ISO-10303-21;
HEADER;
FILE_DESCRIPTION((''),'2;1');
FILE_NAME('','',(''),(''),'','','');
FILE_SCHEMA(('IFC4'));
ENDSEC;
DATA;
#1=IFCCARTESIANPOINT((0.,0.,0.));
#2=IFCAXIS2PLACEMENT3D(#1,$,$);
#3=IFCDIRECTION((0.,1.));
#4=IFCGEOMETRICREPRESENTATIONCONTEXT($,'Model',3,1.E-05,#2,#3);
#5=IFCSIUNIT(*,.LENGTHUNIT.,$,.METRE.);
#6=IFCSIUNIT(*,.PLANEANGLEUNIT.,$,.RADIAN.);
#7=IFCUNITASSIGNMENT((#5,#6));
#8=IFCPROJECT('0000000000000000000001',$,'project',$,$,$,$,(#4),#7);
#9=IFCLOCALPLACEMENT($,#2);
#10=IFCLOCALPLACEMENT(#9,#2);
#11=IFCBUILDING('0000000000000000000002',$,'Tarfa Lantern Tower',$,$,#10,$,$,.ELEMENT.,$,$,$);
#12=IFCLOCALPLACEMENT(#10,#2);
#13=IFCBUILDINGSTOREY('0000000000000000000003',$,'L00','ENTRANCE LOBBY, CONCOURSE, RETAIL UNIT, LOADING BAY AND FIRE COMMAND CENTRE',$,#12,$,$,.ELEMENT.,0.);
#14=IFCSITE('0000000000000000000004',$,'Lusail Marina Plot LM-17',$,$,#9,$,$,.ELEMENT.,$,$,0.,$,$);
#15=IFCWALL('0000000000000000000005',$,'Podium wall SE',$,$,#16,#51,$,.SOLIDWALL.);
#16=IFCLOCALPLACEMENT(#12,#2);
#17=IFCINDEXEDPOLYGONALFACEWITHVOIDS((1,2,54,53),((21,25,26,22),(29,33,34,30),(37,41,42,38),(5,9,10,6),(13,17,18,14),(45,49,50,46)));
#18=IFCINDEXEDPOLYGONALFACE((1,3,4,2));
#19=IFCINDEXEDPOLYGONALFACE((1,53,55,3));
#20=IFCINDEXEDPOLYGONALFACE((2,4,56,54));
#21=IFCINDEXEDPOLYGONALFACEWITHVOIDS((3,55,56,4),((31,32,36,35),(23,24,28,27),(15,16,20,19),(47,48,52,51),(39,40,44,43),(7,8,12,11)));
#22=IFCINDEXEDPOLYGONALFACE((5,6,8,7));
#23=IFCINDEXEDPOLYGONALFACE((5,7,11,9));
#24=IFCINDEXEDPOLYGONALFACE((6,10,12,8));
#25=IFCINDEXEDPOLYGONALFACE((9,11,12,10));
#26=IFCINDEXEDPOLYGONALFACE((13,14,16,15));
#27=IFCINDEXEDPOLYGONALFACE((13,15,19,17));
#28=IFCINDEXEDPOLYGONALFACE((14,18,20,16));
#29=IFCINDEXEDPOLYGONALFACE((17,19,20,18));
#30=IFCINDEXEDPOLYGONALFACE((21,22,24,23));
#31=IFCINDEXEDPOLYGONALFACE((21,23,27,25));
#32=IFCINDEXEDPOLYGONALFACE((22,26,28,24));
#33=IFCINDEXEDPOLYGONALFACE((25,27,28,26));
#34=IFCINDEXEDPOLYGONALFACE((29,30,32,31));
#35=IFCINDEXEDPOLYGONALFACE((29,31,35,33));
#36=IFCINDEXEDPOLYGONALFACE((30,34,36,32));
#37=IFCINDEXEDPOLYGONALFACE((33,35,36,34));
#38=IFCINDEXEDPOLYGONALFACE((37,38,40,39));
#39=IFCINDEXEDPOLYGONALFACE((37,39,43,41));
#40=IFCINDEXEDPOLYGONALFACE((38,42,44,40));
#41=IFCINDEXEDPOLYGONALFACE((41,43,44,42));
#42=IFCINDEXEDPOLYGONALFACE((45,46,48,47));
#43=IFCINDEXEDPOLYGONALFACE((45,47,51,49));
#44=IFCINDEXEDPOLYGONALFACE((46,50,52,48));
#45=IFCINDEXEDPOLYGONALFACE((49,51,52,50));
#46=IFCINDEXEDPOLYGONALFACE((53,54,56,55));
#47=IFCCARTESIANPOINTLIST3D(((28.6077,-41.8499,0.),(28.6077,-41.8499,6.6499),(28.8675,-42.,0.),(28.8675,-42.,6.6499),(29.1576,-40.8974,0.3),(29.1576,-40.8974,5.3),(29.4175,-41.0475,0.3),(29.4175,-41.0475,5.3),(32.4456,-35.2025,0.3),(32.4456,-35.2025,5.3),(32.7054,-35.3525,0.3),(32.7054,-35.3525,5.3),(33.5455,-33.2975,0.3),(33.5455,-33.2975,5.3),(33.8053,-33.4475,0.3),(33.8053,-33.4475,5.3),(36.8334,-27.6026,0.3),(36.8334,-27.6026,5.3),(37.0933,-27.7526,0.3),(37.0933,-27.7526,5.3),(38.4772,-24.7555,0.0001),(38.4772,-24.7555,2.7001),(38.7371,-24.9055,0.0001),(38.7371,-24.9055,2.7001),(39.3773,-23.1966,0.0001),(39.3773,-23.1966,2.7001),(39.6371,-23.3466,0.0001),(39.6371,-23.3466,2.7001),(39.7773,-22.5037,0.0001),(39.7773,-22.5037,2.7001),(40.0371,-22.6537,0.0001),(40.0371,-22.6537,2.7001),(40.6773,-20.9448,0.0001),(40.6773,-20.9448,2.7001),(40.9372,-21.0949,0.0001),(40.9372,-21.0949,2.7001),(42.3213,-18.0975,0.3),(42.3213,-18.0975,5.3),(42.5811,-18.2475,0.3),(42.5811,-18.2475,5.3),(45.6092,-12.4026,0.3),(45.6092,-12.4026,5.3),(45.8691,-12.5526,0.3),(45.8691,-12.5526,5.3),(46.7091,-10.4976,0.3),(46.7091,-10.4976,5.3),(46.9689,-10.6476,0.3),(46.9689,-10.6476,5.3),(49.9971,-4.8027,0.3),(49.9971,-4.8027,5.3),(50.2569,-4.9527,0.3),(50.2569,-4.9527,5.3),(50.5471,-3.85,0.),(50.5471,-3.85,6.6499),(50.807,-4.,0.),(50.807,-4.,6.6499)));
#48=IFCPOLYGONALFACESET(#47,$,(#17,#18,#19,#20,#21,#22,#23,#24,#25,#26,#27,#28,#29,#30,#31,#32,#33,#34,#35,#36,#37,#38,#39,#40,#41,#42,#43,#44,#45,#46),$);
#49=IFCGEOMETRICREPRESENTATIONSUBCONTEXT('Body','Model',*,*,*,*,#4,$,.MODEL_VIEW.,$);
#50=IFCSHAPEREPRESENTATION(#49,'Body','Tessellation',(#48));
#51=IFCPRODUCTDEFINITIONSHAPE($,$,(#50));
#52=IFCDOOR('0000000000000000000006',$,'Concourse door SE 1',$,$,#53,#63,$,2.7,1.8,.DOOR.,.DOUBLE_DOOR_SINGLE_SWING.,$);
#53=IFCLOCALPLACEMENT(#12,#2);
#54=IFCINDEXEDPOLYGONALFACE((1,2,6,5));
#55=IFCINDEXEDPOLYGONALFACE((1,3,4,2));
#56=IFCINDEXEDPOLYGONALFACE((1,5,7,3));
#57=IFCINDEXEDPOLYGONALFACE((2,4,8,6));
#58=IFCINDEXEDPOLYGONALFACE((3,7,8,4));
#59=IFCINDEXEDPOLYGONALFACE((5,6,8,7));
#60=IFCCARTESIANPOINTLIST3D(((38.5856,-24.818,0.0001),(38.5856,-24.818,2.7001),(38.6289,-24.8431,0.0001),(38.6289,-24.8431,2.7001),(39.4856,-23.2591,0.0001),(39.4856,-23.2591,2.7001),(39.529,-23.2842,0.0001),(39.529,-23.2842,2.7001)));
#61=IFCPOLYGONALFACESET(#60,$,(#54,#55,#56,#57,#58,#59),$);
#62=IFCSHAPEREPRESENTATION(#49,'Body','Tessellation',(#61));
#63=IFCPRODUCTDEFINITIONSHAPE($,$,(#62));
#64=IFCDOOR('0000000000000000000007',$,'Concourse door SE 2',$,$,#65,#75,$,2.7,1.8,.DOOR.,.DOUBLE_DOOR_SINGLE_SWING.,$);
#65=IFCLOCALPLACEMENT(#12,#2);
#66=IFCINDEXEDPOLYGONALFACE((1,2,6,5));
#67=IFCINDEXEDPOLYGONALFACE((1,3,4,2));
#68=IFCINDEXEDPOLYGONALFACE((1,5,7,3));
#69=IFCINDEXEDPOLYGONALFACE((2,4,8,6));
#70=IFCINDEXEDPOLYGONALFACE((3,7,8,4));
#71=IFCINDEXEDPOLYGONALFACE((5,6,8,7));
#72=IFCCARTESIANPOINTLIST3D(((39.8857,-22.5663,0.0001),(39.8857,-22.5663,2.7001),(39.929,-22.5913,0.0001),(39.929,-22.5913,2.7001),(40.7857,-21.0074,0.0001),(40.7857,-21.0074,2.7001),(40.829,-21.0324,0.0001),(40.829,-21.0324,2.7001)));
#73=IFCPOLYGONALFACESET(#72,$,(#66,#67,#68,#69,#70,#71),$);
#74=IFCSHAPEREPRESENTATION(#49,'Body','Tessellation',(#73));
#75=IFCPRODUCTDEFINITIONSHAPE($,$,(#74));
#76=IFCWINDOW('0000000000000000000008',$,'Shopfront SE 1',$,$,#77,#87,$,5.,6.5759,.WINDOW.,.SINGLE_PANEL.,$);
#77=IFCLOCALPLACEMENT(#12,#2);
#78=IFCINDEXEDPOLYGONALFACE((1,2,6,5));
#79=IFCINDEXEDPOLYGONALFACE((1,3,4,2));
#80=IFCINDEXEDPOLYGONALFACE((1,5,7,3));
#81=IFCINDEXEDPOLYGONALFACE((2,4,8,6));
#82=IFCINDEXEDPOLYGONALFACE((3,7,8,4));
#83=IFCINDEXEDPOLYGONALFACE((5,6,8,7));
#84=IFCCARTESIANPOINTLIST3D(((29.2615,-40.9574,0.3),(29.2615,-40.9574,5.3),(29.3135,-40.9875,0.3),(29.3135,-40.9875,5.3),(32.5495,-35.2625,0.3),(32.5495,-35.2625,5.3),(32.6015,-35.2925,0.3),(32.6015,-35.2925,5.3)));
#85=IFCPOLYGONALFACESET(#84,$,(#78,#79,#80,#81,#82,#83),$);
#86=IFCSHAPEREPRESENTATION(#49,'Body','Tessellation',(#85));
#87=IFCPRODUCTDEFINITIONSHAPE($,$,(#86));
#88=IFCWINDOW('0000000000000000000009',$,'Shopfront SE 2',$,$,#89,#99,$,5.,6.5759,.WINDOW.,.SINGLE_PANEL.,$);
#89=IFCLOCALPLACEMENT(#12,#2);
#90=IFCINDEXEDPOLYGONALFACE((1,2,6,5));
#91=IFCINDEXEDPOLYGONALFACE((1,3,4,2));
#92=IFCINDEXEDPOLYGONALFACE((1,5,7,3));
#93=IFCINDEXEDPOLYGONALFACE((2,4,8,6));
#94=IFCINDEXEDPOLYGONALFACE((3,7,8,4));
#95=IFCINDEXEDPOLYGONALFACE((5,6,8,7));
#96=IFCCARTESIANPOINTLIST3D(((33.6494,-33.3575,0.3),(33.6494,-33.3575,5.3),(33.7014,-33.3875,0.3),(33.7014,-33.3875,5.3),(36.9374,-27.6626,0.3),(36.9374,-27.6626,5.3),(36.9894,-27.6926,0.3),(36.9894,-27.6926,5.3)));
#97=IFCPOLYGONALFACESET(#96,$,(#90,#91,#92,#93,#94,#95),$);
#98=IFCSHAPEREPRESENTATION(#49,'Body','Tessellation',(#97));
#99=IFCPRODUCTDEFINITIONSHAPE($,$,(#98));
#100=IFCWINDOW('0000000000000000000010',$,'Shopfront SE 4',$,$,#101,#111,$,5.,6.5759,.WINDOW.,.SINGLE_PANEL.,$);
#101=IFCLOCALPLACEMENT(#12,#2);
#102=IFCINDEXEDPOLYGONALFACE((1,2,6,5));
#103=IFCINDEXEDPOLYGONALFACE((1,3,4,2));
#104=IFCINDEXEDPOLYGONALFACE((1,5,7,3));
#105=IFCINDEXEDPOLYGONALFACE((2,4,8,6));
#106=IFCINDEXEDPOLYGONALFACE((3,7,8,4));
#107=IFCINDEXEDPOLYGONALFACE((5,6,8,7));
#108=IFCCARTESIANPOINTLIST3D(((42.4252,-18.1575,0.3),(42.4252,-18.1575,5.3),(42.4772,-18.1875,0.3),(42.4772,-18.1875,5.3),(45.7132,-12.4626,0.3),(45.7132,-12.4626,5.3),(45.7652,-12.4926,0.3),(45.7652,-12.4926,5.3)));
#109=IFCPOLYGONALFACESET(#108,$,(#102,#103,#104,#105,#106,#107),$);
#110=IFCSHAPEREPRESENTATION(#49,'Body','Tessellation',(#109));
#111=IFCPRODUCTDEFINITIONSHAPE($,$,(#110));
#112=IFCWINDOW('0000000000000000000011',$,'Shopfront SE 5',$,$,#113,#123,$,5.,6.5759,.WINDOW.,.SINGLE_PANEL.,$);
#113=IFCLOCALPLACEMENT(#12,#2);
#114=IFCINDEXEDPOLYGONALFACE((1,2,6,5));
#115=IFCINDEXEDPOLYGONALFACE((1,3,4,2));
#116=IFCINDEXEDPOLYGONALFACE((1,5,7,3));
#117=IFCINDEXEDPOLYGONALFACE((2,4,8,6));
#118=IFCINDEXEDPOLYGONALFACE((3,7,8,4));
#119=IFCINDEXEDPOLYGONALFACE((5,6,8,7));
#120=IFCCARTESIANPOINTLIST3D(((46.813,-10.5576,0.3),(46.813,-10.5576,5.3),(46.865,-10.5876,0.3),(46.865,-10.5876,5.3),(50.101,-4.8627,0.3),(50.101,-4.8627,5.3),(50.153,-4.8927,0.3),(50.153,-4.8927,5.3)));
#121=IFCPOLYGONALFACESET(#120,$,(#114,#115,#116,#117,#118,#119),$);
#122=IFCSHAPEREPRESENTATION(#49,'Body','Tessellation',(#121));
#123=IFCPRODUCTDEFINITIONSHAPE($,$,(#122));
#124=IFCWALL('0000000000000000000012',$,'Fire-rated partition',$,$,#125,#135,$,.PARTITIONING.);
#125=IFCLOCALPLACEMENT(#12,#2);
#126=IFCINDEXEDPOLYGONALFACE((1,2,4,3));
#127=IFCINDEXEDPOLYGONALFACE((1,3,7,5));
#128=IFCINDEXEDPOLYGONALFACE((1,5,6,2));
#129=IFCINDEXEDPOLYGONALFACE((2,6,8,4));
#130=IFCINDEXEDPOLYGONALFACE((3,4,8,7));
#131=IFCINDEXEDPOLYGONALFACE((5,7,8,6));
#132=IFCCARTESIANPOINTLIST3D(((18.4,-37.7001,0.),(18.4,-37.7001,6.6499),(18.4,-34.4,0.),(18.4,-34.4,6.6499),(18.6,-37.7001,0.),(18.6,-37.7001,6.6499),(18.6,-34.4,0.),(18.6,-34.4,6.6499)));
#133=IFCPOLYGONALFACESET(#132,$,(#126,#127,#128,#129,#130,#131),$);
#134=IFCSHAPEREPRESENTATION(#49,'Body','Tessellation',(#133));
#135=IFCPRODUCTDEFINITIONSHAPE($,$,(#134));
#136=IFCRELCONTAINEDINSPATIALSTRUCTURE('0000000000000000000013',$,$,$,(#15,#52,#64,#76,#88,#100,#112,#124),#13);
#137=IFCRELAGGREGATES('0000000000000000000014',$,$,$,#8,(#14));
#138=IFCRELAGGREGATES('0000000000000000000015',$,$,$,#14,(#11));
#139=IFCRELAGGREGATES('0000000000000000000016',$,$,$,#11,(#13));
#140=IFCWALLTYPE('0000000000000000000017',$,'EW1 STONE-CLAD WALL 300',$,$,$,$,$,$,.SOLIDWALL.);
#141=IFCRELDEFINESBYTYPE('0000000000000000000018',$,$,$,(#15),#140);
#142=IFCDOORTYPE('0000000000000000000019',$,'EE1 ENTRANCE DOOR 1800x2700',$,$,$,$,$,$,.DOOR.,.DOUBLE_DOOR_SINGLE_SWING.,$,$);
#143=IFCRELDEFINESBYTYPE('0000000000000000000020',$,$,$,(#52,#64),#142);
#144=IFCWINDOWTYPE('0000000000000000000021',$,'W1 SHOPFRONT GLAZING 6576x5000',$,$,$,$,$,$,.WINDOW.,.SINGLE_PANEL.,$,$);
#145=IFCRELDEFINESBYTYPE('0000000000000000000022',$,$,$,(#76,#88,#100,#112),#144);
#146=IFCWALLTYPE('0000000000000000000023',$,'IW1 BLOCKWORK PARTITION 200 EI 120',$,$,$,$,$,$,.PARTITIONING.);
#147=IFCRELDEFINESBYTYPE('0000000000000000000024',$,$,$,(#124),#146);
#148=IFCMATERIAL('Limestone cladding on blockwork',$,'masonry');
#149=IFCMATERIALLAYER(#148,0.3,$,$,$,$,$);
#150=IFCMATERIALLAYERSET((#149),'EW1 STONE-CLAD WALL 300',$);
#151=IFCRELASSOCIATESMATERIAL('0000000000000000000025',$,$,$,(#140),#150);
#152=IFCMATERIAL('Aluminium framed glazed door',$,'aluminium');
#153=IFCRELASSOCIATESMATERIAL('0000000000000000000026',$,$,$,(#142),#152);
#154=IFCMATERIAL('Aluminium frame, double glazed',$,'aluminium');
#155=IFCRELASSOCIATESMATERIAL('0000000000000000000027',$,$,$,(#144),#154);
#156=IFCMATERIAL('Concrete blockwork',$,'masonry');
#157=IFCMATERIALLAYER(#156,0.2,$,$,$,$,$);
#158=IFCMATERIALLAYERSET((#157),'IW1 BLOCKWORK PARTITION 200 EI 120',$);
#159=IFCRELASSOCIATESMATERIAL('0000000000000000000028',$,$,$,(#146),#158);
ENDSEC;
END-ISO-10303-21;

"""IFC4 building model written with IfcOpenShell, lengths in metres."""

from ifc_helpers import new_model, si_unit, direction, frame, frame_2d, origin, place, context, subcontext, project, spatial, rectangle, extrude, material, layer, layer_set, type_object, element, fill, save


model = new_model("IFC4")

# Units and contexts
model_context = context("Model", 3, precision=1e-05, world=origin(), true_north=direction((0.0, 1.0)))
body_context = subcontext(model_context, "Body", "Model", "MODEL_VIEW")
ifc_project = project(units=[si_unit("LENGTHUNIT", "METRE"), si_unit("PLANEANGLEUNIT", "RADIAN")], contexts=[model_context])

# Site, building, storey
site_placement = place(None, origin())
site = spatial("IfcSite", under=ifc_project, at=site_placement, Name="Lusail Marina Plot LM-17", CompositionType="ELEMENT", RefElevation=0.0)
building_placement = place(site_placement, origin())
building = spatial("IfcBuilding", under=site, at=building_placement, Name="Tarfa Lantern Tower", CompositionType="ELEMENT")
storey_placement = place(building_placement, origin())
storey = spatial("IfcBuildingStorey", under=building, at=storey_placement, Name="L00", Description="ENTRANCE LOBBY, CONCOURSE, RETAIL UNIT, LOADING BAY AND FIRE COMMAND CENTRE", CompositionType="ELEMENT", Elevation=0.0)

# Wall, openings, doors, windows
ifc_material_1 = material(Name="Limestone cladding on blockwork", Category="masonry")
ifc_layer_1 = layer(ifc_material_1, 0.3)
ifc_layer_set_1 = layer_set([ifc_layer_1], Name="EW1 STONE-CLAD WALL 300")
wall_type_1 = type_object("IfcWallType", Name="EW1 STONE-CLAD WALL 300", PredefinedType="SOLIDWALL", material=ifc_layer_set_1)
wall_1_placement = place(storey_placement, frame((28.7375, -41.925, 0.0), z_axis=(0.0, 0.0, 1.0), x_axis=(0.500002, 0.866024, 0.0)))
wall_1 = element("IfcWall", 1, at=wall_1_placement, inside=storey, type_object=wall_type_1, Name="Podium wall SE", PredefinedType="SOLIDWALL", context=body_context, shape_type="SweptSolid", body=[
    extrude(rectangle(XDim=43.8787, YDim=0.3, at=frame_2d((21.9395, 0.0))), origin(), (0.0, 0.0, 1.0), 6.6499),
])
opening_1_placement = place(wall_1_placement, frame((1.0999, 0.0, 0.3)))
opening_1 = element("IfcOpeningElement", 2, at=opening_1_placement, cuts=wall_1, PredefinedType="OPENING", context=body_context, shape_type="SweptSolid", body=[
    extrude(rectangle(XDim=6.5759, YDim=5.0, at=frame_2d((3.2881, 2.5))), frame((0.0, 0.1599, 0.0), z_axis=(0.0, -1.0, 0.0), x_axis=(1.0, 0.0, 0.0)), (0.0, 0.0, 1.0), 0.3201),
])
opening_2_placement = place(wall_1_placement, frame((9.8755, 0.0, 0.3)))
opening_2 = element("IfcOpeningElement", 3, at=opening_2_placement, cuts=wall_1, PredefinedType="OPENING", context=body_context, shape_type="SweptSolid", body=[
    extrude(rectangle(XDim=6.5759, YDim=5.0, at=frame_2d((3.2881, 2.5))), frame((0.0, 0.1599, 0.0), z_axis=(0.0, -1.0, 0.0), x_axis=(1.0, 0.0, 0.0)), (0.0, 0.0, 1.0), 0.3201),
])
opening_3_placement = place(wall_1_placement, frame((19.7393, 0.0, 0.0)))
opening_3 = element("IfcOpeningElement", 4, at=opening_3_placement, cuts=wall_1, PredefinedType="OPENING", context=body_context, shape_type="SweptSolid", body=[
    extrude(rectangle(XDim=1.8, YDim=2.7, at=frame_2d((0.8999, 1.3501))), frame((0.0, 0.1599, 0.0), z_axis=(0.0, -1.0, 0.0), x_axis=(1.0, 0.0, 0.0)), (0.0, 0.0, 1.0), 0.3201),
])
opening_4_placement = place(wall_1_placement, frame((22.3394, 0.0, 0.0)))
opening_4 = element("IfcOpeningElement", 5, at=opening_4_placement, cuts=wall_1, PredefinedType="OPENING", context=body_context, shape_type="SweptSolid", body=[
    extrude(rectangle(XDim=1.8, YDim=2.7, at=frame_2d((0.8999, 1.3501))), frame((0.0, 0.1599, 0.0), z_axis=(0.0, -1.0, 0.0), x_axis=(1.0, 0.0, 0.0)), (0.0, 0.0, 1.0), 0.3201),
])
opening_5_placement = place(wall_1_placement, frame((27.427, 0.0, 0.3)))
opening_5 = element("IfcOpeningElement", 6, at=opening_5_placement, cuts=wall_1, PredefinedType="OPENING", context=body_context, shape_type="SweptSolid", body=[
    extrude(rectangle(XDim=6.5759, YDim=5.0, at=frame_2d((3.2881, 2.5))), frame((0.0, 0.1599, 0.0), z_axis=(0.0, -1.0, 0.0), x_axis=(1.0, 0.0, 0.0)), (0.0, 0.0, 1.0), 0.3201),
])
opening_6_placement = place(wall_1_placement, frame((36.2026, 0.0, 0.3)))
opening_6 = element("IfcOpeningElement", 7, at=opening_6_placement, cuts=wall_1, PredefinedType="OPENING", context=body_context, shape_type="SweptSolid", body=[
    extrude(rectangle(XDim=6.5759, YDim=5.0, at=frame_2d((3.2881, 2.5))), frame((0.0, 0.1599, 0.0), z_axis=(0.0, -1.0, 0.0), x_axis=(1.0, 0.0, 0.0)), (0.0, 0.0, 1.0), 0.3201),
])
ifc_material_2 = material(Name="Aluminium framed glazed door", Category="aluminium")
door_type_1 = type_object("IfcDoorType", Name="EE1 ENTRANCE DOOR 1800x2700", OperationType="DOUBLE_DOOR_SINGLE_SWING", PredefinedType="DOOR", material=ifc_material_2)
door_1_placement = place(opening_3_placement, origin())
door_1 = element("IfcDoor", 8, at=door_1_placement, inside=storey, type_object=door_type_1, Name="Concourse door SE 1", OperationType="DOUBLE_DOOR_SINGLE_SWING", OverallHeight=2.7, OverallWidth=1.8, PredefinedType="DOOR", context=body_context, shape_type="SweptSolid", body=[
    extrude(rectangle(XDim=1.8, YDim=2.7, at=frame_2d((0.8999, 1.3501))), frame((0.0, 0.0249, 0.0), z_axis=(0.0, -1.0, 0.0), x_axis=(1.0, 0.0, 0.0)), (0.0, 0.0, 1.0), 0.05),
])
fill(opening_3, door_1)
door_2_placement = place(opening_4_placement, origin())
door_2 = element("IfcDoor", 9, at=door_2_placement, inside=storey, type_object=door_type_1, Name="Concourse door SE 2", OperationType="DOUBLE_DOOR_SINGLE_SWING", OverallHeight=2.7, OverallWidth=1.8, PredefinedType="DOOR", context=body_context, shape_type="SweptSolid", body=[
    extrude(rectangle(XDim=1.8, YDim=2.7, at=frame_2d((0.8999, 1.3501))), frame((0.0, 0.0249, 0.0), z_axis=(0.0, -1.0, 0.0), x_axis=(1.0, 0.0, 0.0)), (0.0, 0.0, 1.0), 0.05),
])
fill(opening_4, door_2)
ifc_material_3 = material(Name="Aluminium frame, double glazed", Category="aluminium")
window_type = type_object("IfcWindowType", Name="W1 SHOPFRONT GLAZING 6576x5000", PartitioningType="SINGLE_PANEL", PredefinedType="WINDOW", material=ifc_material_3)
window_1_placement = place(opening_1_placement, origin())
window_1 = element("IfcWindow", 10, at=window_1_placement, inside=storey, type_object=window_type, Name="Shopfront SE 1", OverallHeight=5.0, OverallWidth=6.5759, PartitioningType="SINGLE_PANEL", PredefinedType="WINDOW", context=body_context, shape_type="SweptSolid", body=[
    extrude(rectangle(XDim=6.5759, YDim=5.0, at=frame_2d((3.2881, 2.5))), frame((0.0, 0.03, 0.0), z_axis=(0.0, -1.0, 0.0), x_axis=(1.0, 0.0, 0.0)), (0.0, 0.0, 1.0), 0.0601),
])
fill(opening_1, window_1)
window_2_placement = place(opening_2_placement, origin())
window_2 = element("IfcWindow", 11, at=window_2_placement, inside=storey, type_object=window_type, Name="Shopfront SE 2", OverallHeight=5.0, OverallWidth=6.5759, PartitioningType="SINGLE_PANEL", PredefinedType="WINDOW", context=body_context, shape_type="SweptSolid", body=[
    extrude(rectangle(XDim=6.5759, YDim=5.0, at=frame_2d((3.2881, 2.5))), frame((0.0, 0.03, 0.0), z_axis=(0.0, -1.0, 0.0), x_axis=(1.0, 0.0, 0.0)), (0.0, 0.0, 1.0), 0.0601),
])
fill(opening_2, window_2)
window_3_placement = place(opening_5_placement, origin())
window_3 = element("IfcWindow", 12, at=window_3_placement, inside=storey, type_object=window_type, Name="Shopfront SE 4", OverallHeight=5.0, OverallWidth=6.5759, PartitioningType="SINGLE_PANEL", PredefinedType="WINDOW", context=body_context, shape_type="SweptSolid", body=[
    extrude(rectangle(XDim=6.5759, YDim=5.0, at=frame_2d((3.2881, 2.5))), frame((0.0, 0.03, 0.0), z_axis=(0.0, -1.0, 0.0), x_axis=(1.0, 0.0, 0.0)), (0.0, 0.0, 1.0), 0.0601),
])
fill(opening_5, window_3)
window_4_placement = place(opening_6_placement, origin())
window_4 = element("IfcWindow", 13, at=window_4_placement, inside=storey, type_object=window_type, Name="Shopfront SE 5", OverallHeight=5.0, OverallWidth=6.5759, PartitioningType="SINGLE_PANEL", PredefinedType="WINDOW", context=body_context, shape_type="SweptSolid", body=[
    extrude(rectangle(XDim=6.5759, YDim=5.0, at=frame_2d((3.2881, 2.5))), frame((0.0, 0.03, 0.0), z_axis=(0.0, -1.0, 0.0), x_axis=(1.0, 0.0, 0.0)), (0.0, 0.0, 1.0), 0.0601),
])
fill(opening_6, window_4)

# Wall
ifc_material_4 = material(Name="Concrete blockwork", Category="masonry")
ifc_layer_2 = layer(ifc_material_4, 0.2)
ifc_layer_set_2 = layer_set([ifc_layer_2], Name="IW1 BLOCKWORK PARTITION 200 EI 120")
wall_type_2 = type_object("IfcWallType", Name="IW1 BLOCKWORK PARTITION 200 EI 120", PredefinedType="PARTITIONING", material=ifc_layer_set_2)
wall_2_placement = place(storey_placement, frame((18.5, -37.7, 0.0), z_axis=(0.0, 0.0, 1.0), x_axis=(0.0, 1.0, 0.0)))
element("IfcWall", 14, at=wall_2_placement, inside=storey, type_object=wall_type_2, Name="Fire-rated partition", PredefinedType="PARTITIONING", context=body_context, shape_type="SweptSolid", body=[
    extrude(rectangle(XDim=3.3, YDim=0.2, at=frame_2d((1.6499, 0.0))), origin(), (0.0, 0.0, 1.0), 6.6499),
])

save(model, "model.ifc")
